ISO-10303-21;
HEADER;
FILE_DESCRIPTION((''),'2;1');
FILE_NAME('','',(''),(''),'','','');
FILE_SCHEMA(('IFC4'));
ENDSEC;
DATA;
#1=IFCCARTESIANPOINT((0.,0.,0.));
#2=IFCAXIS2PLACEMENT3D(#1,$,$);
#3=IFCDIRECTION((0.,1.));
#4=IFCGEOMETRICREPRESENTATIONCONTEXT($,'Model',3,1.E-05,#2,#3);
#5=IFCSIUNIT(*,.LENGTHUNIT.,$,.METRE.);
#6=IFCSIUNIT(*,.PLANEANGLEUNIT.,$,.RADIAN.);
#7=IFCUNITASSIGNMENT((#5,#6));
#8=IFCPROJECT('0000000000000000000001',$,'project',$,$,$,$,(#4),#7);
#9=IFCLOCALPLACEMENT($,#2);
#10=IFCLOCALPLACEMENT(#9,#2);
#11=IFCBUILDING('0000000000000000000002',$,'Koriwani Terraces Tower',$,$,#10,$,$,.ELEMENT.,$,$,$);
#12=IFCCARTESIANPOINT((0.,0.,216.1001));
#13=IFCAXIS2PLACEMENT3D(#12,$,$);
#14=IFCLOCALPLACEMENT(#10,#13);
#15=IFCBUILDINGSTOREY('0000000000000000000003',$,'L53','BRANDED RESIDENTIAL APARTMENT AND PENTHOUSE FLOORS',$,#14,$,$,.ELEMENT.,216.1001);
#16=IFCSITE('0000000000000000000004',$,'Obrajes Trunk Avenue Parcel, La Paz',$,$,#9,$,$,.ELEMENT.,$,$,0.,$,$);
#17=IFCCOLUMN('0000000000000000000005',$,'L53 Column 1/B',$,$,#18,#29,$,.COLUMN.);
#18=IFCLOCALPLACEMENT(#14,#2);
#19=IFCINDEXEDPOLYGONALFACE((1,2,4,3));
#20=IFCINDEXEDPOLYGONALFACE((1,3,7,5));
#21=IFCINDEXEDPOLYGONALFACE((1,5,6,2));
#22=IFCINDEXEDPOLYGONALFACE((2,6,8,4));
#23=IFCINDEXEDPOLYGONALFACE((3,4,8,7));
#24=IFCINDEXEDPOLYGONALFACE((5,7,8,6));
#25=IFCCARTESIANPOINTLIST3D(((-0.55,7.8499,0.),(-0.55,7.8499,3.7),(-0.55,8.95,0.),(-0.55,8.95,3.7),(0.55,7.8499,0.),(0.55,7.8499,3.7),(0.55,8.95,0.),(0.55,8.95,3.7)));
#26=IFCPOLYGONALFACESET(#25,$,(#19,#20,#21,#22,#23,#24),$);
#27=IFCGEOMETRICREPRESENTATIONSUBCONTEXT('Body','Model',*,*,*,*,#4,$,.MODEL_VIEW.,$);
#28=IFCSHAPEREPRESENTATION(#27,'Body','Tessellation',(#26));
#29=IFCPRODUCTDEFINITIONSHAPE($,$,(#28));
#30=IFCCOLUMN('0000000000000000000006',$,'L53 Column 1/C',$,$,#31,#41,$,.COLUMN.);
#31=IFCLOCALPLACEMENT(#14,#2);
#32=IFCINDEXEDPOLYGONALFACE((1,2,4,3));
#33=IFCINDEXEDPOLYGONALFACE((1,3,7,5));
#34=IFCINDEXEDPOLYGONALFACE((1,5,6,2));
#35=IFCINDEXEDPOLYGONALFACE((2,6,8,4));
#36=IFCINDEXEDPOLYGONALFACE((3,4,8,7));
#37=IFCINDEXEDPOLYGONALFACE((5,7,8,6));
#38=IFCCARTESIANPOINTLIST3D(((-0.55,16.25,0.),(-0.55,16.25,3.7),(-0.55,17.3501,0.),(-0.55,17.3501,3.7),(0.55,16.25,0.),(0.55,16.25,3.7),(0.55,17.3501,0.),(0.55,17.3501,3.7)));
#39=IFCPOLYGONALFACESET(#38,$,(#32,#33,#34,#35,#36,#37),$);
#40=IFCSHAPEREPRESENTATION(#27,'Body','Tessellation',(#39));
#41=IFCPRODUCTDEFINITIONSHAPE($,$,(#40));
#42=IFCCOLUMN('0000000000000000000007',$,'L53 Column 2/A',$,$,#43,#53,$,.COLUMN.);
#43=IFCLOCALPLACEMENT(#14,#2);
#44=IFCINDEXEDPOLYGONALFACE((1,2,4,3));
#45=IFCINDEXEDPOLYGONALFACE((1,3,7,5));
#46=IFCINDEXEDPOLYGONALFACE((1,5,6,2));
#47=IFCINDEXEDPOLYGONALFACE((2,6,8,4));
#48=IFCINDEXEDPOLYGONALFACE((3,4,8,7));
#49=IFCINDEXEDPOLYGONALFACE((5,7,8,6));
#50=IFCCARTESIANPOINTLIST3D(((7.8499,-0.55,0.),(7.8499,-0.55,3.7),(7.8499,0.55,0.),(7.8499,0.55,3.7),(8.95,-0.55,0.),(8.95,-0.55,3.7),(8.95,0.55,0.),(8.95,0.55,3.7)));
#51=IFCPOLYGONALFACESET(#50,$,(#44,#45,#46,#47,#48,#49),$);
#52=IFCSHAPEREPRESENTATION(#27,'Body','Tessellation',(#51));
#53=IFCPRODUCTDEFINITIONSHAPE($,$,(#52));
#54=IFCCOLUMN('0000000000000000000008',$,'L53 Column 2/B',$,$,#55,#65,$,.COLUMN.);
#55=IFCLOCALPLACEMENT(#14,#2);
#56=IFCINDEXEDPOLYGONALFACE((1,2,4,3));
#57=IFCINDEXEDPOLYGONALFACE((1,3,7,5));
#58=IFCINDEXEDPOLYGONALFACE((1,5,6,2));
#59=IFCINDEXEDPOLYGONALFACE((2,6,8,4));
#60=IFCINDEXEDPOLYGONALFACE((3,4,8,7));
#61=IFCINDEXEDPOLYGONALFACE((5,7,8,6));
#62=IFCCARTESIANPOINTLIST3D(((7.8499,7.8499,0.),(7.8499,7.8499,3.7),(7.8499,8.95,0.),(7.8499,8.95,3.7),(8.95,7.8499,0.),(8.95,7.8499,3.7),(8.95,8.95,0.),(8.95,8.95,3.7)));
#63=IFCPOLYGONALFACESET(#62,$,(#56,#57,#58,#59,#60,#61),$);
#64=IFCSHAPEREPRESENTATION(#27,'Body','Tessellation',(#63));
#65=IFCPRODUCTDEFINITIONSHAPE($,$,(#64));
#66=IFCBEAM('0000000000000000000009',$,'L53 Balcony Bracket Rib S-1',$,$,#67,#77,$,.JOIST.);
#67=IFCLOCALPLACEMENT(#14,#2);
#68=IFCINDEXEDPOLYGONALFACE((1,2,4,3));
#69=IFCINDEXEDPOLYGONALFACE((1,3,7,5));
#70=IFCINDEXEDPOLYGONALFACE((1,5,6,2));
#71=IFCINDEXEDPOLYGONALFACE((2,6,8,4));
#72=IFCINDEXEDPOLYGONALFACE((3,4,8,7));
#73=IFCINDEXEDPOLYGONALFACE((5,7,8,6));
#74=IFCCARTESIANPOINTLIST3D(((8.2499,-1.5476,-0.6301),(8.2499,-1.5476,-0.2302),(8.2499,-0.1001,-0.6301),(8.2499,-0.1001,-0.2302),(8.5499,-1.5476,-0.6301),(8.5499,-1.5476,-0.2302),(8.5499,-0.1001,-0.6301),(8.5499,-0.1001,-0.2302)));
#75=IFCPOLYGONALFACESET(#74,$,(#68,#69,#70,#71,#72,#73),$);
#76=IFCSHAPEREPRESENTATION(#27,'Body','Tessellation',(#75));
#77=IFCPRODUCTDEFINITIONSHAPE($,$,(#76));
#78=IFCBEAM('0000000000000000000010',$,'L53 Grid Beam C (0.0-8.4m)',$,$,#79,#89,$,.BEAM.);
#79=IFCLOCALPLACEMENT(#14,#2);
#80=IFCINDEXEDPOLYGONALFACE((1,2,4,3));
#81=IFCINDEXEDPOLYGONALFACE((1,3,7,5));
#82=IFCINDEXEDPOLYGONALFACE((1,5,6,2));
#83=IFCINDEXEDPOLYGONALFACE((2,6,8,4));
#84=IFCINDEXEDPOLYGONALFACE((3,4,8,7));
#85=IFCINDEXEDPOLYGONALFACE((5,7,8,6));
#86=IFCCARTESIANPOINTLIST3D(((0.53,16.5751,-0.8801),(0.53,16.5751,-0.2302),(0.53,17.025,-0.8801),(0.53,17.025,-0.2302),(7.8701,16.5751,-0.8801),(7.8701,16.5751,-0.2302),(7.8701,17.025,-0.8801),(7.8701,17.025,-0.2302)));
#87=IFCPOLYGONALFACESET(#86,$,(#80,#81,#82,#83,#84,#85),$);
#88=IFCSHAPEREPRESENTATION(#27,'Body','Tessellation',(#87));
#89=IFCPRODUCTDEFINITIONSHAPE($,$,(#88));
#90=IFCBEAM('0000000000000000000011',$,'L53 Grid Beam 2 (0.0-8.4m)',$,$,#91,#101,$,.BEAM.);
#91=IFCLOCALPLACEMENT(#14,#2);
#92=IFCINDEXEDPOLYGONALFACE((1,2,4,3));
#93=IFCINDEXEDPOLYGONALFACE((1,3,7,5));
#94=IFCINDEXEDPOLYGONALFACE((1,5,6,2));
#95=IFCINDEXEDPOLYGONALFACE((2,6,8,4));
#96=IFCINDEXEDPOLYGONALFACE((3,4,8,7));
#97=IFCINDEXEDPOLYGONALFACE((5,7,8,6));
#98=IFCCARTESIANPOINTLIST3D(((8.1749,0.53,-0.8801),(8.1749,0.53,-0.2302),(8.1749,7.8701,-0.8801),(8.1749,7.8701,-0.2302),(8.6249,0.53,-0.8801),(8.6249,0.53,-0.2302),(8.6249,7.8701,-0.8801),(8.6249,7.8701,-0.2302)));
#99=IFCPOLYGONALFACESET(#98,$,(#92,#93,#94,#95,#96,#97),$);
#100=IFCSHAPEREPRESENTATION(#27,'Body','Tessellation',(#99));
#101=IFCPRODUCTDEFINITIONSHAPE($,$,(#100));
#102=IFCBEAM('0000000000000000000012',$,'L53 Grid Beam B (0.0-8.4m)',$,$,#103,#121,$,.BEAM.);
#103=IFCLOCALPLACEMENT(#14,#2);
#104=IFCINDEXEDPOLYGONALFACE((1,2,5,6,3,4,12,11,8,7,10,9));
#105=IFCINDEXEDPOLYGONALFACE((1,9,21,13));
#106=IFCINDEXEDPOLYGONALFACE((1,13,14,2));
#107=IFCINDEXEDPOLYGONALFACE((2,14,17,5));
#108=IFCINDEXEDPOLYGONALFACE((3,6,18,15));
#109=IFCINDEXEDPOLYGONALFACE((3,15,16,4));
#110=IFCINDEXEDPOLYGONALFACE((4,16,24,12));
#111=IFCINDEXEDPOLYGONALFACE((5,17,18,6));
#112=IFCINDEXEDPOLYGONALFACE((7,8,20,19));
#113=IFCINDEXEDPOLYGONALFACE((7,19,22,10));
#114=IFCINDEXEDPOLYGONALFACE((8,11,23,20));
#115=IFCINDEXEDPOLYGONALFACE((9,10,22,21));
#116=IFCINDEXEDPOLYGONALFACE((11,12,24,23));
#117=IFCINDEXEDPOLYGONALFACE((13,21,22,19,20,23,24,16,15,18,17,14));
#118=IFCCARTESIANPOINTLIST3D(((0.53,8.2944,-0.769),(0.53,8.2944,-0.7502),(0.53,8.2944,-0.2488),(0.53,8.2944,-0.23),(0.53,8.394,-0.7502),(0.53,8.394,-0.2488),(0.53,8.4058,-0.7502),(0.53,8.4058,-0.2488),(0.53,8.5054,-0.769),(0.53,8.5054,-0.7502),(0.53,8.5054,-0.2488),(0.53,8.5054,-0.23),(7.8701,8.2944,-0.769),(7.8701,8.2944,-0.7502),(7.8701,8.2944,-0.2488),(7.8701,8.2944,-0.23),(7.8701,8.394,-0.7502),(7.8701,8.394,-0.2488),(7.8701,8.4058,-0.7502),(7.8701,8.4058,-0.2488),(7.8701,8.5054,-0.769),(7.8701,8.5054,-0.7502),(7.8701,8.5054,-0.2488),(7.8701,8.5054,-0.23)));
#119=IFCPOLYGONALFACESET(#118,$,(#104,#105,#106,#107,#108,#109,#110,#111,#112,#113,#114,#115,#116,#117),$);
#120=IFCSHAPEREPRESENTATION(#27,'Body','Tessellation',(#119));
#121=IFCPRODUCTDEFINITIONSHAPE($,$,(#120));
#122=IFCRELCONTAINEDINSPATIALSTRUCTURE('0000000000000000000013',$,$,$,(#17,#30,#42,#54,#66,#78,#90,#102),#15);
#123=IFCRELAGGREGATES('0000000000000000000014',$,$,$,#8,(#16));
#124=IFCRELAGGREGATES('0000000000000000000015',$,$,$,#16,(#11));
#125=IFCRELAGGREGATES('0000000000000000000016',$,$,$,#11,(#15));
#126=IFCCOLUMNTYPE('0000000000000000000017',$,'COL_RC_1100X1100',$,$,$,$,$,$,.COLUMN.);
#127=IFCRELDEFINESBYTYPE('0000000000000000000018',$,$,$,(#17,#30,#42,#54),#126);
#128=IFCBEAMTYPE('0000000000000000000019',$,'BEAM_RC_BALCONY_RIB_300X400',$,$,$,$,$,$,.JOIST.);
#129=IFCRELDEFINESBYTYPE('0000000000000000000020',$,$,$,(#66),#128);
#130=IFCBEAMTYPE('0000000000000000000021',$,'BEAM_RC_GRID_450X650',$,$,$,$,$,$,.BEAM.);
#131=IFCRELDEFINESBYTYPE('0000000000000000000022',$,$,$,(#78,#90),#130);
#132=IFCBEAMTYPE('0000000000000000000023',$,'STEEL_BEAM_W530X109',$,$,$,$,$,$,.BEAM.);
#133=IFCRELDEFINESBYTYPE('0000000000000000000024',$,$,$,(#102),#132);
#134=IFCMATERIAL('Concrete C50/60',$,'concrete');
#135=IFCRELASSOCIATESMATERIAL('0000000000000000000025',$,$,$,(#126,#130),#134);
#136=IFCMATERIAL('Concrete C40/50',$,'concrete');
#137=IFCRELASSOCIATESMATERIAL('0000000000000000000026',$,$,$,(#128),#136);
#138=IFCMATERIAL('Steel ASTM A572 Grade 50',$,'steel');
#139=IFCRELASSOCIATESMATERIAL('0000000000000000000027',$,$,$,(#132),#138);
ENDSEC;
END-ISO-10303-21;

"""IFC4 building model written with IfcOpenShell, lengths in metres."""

from ifc_helpers import new_model, si_unit, direction, frame, origin, origin_2d, place, context, subcontext, project, spatial, rectangle, i_section, extrude, material, material_profile, profile_set, type_object, element, save


model = new_model("IFC4")

# Units and contexts
model_context = context("Model", 3, precision=1e-05, world=origin(), true_north=direction((0.0, 1.0)))
body_context = subcontext(model_context, "Body", "Model", "MODEL_VIEW")
ifc_project = project(units=[si_unit("LENGTHUNIT", "METRE"), si_unit("PLANEANGLEUNIT", "RADIAN")], contexts=[model_context])

# Site, building, storey
site_placement = place(None, origin())
site = spatial("IfcSite", under=ifc_project, at=site_placement, Name="Obrajes Trunk Avenue Parcel, La Paz", CompositionType="ELEMENT", RefElevation=0.0)
building_placement = place(site_placement, origin())
building = spatial("IfcBuilding", under=site, at=building_placement, Name="Koriwani Terraces Tower", CompositionType="ELEMENT")
storey_placement = place(building_placement, frame((0.0, 0.0, 216.1001)))
storey = spatial("IfcBuildingStorey", under=building, at=storey_placement, Name="L53", Description="BRANDED RESIDENTIAL APARTMENT AND PENTHOUSE FLOORS", CompositionType="ELEMENT", Elevation=216.1001)

# Columns
ifc_material_1 = material(Name="Concrete C50/60", Category="concrete")
ifc_material_profile_1 = material_profile(ifc_material_1, rectangle(XDim=1.1001, YDim=1.1001, at=origin_2d()), Name="Concrete C50/60", Category="LoadBearing")
ifc_profile_set_1 = profile_set([ifc_material_profile_1], Name="Concrete C50/60")
column_type = type_object("IfcColumnType", Name="COL_RC_1100X1100", PredefinedType="COLUMN", material=ifc_profile_set_1)
for number, where, z_axis, x_axis, name in (
    (1, (0.0, 8.3999, 0.0), (0.0, 0.0, 1.0), (1.0, 0.0, 0.0), "L53 Column 1/B"),
    (2, (0.0, 16.8, 0.0), (0.0, 0.0, 1.0), (1.0, 0.0, 0.0), "L53 Column 1/C"),
    (3, (8.3999, 0.0, 0.0), (0.0, 0.0, 1.0), (1.0, 0.0, 0.0), "L53 Column 2/A"),
    (4, (8.3999, 8.3999, 0.0), (0.0, 0.0, 1.0), (1.0, 0.0, 0.0), "L53 Column 2/B"),
):
    element("IfcColumn", number, at=place(storey_placement, frame(where, z_axis=z_axis, x_axis=x_axis)), inside=storey, type_object=column_type, Name=name, PredefinedType="COLUMN", context=body_context, shape_type="SweptSolid", body=[
        extrude(rectangle(XDim=1.1001, YDim=1.1001, at=origin_2d()), origin(), (0.0, 0.0, 1.0), 3.7),
    ])

# Beams
ifc_material_2 = material(Name="Concrete C40/50", Category="concrete")
ifc_material_profile_2 = material_profile(ifc_material_2, rectangle(XDim=0.3, YDim=0.3999, at=origin_2d()), Name="Concrete C40/50", Category="LoadBearing")
ifc_profile_set_2 = profile_set([ifc_material_profile_2], Name="Concrete C40/50")
beam_type_1 = type_object("IfcBeamType", Name="BEAM_RC_BALCONY_RIB_300X400", PredefinedType="JOIST", material=ifc_profile_set_2)
beam_1_placement = place(storey_placement, frame((8.3999, -1.5476, -0.4302), z_axis=(0.0, 1.0, 0.0), x_axis=(-1.0, 0.0, 0.0)))
element("IfcBeam", 5, at=beam_1_placement, inside=storey, type_object=beam_type_1, Name="L53 Balcony Bracket Rib S-1", PredefinedType="JOIST", context=body_context, shape_type="SweptSolid", body=[
    extrude(rectangle(XDim=0.3, YDim=0.3999, at=origin_2d()), origin(), (0.0, 0.0, 1.0), 1.4475),
])
ifc_material_profile_3 = material_profile(ifc_material_1, rectangle(XDim=0.45, YDim=0.6499, at=origin_2d()), Name="Concrete C50/60", Category="LoadBearing")
ifc_profile_set_3 = profile_set([ifc_material_profile_3], Name="Concrete C50/60")
beam_type_2 = type_object("IfcBeamType", Name="BEAM_RC_GRID_450X650", PredefinedType="BEAM", material=ifc_profile_set_3)
for number, where, z_axis, x_axis, name in (
    (6, (0.53, 16.8, -0.5552), (1.0, 0.0, 0.0), (0.0, 1.0, 0.0), "L53 Grid Beam C (0.0-8.4m)"),
    (7, (8.3999, 0.53, -0.5552), (0.0, 1.0, 0.0), (-1.0, 0.0, 0.0), "L53 Grid Beam 2 (0.0-8.4m)"),
):
    element("IfcBeam", number, at=place(storey_placement, frame(where, z_axis=z_axis, x_axis=x_axis)), inside=storey, type_object=beam_type_2, Name=name, PredefinedType="BEAM", context=body_context, shape_type="SweptSolid", body=[
        extrude(rectangle(XDim=0.45, YDim=0.6499, at=origin_2d()), origin(), (0.0, 0.0, 1.0), 7.3401),
    ])
ifc_material_3 = material(Name="Steel ASTM A572 Grade 50", Category="steel")
ifc_material_profile_4 = material_profile(ifc_material_3, i_section(OverallWidth=0.2109, OverallDepth=0.5391, WebThickness=0.0117, FlangeThickness=0.0188, at=origin_2d()), Name="Steel ASTM A572 Grade 50", Category="LoadBearing")
ifc_profile_set_4 = profile_set([ifc_material_profile_4], Name="Steel ASTM A572 Grade 50")
beam_type_3 = type_object("IfcBeamType", Name="STEEL_BEAM_W530X109", PredefinedType="BEAM", material=ifc_profile_set_4)
beam_2_placement = place(storey_placement, frame((0.53, 8.3999, -0.4995), z_axis=(1.0, 0.0, 0.0), x_axis=(0.0, 1.0, 0.0)))
element("IfcBeam", 8, at=beam_2_placement, inside=storey, type_object=beam_type_3, Name="L53 Grid Beam B (0.0-8.4m)", PredefinedType="BEAM", context=body_context, shape_type="SweptSolid", body=[
    extrude(i_section(OverallWidth=0.2109, OverallDepth=0.5391, WebThickness=0.0117, FlangeThickness=0.0188, at=origin_2d()), origin(), (0.0, 0.0, 1.0), 7.3401),
])

save(model, "model.ifc")
